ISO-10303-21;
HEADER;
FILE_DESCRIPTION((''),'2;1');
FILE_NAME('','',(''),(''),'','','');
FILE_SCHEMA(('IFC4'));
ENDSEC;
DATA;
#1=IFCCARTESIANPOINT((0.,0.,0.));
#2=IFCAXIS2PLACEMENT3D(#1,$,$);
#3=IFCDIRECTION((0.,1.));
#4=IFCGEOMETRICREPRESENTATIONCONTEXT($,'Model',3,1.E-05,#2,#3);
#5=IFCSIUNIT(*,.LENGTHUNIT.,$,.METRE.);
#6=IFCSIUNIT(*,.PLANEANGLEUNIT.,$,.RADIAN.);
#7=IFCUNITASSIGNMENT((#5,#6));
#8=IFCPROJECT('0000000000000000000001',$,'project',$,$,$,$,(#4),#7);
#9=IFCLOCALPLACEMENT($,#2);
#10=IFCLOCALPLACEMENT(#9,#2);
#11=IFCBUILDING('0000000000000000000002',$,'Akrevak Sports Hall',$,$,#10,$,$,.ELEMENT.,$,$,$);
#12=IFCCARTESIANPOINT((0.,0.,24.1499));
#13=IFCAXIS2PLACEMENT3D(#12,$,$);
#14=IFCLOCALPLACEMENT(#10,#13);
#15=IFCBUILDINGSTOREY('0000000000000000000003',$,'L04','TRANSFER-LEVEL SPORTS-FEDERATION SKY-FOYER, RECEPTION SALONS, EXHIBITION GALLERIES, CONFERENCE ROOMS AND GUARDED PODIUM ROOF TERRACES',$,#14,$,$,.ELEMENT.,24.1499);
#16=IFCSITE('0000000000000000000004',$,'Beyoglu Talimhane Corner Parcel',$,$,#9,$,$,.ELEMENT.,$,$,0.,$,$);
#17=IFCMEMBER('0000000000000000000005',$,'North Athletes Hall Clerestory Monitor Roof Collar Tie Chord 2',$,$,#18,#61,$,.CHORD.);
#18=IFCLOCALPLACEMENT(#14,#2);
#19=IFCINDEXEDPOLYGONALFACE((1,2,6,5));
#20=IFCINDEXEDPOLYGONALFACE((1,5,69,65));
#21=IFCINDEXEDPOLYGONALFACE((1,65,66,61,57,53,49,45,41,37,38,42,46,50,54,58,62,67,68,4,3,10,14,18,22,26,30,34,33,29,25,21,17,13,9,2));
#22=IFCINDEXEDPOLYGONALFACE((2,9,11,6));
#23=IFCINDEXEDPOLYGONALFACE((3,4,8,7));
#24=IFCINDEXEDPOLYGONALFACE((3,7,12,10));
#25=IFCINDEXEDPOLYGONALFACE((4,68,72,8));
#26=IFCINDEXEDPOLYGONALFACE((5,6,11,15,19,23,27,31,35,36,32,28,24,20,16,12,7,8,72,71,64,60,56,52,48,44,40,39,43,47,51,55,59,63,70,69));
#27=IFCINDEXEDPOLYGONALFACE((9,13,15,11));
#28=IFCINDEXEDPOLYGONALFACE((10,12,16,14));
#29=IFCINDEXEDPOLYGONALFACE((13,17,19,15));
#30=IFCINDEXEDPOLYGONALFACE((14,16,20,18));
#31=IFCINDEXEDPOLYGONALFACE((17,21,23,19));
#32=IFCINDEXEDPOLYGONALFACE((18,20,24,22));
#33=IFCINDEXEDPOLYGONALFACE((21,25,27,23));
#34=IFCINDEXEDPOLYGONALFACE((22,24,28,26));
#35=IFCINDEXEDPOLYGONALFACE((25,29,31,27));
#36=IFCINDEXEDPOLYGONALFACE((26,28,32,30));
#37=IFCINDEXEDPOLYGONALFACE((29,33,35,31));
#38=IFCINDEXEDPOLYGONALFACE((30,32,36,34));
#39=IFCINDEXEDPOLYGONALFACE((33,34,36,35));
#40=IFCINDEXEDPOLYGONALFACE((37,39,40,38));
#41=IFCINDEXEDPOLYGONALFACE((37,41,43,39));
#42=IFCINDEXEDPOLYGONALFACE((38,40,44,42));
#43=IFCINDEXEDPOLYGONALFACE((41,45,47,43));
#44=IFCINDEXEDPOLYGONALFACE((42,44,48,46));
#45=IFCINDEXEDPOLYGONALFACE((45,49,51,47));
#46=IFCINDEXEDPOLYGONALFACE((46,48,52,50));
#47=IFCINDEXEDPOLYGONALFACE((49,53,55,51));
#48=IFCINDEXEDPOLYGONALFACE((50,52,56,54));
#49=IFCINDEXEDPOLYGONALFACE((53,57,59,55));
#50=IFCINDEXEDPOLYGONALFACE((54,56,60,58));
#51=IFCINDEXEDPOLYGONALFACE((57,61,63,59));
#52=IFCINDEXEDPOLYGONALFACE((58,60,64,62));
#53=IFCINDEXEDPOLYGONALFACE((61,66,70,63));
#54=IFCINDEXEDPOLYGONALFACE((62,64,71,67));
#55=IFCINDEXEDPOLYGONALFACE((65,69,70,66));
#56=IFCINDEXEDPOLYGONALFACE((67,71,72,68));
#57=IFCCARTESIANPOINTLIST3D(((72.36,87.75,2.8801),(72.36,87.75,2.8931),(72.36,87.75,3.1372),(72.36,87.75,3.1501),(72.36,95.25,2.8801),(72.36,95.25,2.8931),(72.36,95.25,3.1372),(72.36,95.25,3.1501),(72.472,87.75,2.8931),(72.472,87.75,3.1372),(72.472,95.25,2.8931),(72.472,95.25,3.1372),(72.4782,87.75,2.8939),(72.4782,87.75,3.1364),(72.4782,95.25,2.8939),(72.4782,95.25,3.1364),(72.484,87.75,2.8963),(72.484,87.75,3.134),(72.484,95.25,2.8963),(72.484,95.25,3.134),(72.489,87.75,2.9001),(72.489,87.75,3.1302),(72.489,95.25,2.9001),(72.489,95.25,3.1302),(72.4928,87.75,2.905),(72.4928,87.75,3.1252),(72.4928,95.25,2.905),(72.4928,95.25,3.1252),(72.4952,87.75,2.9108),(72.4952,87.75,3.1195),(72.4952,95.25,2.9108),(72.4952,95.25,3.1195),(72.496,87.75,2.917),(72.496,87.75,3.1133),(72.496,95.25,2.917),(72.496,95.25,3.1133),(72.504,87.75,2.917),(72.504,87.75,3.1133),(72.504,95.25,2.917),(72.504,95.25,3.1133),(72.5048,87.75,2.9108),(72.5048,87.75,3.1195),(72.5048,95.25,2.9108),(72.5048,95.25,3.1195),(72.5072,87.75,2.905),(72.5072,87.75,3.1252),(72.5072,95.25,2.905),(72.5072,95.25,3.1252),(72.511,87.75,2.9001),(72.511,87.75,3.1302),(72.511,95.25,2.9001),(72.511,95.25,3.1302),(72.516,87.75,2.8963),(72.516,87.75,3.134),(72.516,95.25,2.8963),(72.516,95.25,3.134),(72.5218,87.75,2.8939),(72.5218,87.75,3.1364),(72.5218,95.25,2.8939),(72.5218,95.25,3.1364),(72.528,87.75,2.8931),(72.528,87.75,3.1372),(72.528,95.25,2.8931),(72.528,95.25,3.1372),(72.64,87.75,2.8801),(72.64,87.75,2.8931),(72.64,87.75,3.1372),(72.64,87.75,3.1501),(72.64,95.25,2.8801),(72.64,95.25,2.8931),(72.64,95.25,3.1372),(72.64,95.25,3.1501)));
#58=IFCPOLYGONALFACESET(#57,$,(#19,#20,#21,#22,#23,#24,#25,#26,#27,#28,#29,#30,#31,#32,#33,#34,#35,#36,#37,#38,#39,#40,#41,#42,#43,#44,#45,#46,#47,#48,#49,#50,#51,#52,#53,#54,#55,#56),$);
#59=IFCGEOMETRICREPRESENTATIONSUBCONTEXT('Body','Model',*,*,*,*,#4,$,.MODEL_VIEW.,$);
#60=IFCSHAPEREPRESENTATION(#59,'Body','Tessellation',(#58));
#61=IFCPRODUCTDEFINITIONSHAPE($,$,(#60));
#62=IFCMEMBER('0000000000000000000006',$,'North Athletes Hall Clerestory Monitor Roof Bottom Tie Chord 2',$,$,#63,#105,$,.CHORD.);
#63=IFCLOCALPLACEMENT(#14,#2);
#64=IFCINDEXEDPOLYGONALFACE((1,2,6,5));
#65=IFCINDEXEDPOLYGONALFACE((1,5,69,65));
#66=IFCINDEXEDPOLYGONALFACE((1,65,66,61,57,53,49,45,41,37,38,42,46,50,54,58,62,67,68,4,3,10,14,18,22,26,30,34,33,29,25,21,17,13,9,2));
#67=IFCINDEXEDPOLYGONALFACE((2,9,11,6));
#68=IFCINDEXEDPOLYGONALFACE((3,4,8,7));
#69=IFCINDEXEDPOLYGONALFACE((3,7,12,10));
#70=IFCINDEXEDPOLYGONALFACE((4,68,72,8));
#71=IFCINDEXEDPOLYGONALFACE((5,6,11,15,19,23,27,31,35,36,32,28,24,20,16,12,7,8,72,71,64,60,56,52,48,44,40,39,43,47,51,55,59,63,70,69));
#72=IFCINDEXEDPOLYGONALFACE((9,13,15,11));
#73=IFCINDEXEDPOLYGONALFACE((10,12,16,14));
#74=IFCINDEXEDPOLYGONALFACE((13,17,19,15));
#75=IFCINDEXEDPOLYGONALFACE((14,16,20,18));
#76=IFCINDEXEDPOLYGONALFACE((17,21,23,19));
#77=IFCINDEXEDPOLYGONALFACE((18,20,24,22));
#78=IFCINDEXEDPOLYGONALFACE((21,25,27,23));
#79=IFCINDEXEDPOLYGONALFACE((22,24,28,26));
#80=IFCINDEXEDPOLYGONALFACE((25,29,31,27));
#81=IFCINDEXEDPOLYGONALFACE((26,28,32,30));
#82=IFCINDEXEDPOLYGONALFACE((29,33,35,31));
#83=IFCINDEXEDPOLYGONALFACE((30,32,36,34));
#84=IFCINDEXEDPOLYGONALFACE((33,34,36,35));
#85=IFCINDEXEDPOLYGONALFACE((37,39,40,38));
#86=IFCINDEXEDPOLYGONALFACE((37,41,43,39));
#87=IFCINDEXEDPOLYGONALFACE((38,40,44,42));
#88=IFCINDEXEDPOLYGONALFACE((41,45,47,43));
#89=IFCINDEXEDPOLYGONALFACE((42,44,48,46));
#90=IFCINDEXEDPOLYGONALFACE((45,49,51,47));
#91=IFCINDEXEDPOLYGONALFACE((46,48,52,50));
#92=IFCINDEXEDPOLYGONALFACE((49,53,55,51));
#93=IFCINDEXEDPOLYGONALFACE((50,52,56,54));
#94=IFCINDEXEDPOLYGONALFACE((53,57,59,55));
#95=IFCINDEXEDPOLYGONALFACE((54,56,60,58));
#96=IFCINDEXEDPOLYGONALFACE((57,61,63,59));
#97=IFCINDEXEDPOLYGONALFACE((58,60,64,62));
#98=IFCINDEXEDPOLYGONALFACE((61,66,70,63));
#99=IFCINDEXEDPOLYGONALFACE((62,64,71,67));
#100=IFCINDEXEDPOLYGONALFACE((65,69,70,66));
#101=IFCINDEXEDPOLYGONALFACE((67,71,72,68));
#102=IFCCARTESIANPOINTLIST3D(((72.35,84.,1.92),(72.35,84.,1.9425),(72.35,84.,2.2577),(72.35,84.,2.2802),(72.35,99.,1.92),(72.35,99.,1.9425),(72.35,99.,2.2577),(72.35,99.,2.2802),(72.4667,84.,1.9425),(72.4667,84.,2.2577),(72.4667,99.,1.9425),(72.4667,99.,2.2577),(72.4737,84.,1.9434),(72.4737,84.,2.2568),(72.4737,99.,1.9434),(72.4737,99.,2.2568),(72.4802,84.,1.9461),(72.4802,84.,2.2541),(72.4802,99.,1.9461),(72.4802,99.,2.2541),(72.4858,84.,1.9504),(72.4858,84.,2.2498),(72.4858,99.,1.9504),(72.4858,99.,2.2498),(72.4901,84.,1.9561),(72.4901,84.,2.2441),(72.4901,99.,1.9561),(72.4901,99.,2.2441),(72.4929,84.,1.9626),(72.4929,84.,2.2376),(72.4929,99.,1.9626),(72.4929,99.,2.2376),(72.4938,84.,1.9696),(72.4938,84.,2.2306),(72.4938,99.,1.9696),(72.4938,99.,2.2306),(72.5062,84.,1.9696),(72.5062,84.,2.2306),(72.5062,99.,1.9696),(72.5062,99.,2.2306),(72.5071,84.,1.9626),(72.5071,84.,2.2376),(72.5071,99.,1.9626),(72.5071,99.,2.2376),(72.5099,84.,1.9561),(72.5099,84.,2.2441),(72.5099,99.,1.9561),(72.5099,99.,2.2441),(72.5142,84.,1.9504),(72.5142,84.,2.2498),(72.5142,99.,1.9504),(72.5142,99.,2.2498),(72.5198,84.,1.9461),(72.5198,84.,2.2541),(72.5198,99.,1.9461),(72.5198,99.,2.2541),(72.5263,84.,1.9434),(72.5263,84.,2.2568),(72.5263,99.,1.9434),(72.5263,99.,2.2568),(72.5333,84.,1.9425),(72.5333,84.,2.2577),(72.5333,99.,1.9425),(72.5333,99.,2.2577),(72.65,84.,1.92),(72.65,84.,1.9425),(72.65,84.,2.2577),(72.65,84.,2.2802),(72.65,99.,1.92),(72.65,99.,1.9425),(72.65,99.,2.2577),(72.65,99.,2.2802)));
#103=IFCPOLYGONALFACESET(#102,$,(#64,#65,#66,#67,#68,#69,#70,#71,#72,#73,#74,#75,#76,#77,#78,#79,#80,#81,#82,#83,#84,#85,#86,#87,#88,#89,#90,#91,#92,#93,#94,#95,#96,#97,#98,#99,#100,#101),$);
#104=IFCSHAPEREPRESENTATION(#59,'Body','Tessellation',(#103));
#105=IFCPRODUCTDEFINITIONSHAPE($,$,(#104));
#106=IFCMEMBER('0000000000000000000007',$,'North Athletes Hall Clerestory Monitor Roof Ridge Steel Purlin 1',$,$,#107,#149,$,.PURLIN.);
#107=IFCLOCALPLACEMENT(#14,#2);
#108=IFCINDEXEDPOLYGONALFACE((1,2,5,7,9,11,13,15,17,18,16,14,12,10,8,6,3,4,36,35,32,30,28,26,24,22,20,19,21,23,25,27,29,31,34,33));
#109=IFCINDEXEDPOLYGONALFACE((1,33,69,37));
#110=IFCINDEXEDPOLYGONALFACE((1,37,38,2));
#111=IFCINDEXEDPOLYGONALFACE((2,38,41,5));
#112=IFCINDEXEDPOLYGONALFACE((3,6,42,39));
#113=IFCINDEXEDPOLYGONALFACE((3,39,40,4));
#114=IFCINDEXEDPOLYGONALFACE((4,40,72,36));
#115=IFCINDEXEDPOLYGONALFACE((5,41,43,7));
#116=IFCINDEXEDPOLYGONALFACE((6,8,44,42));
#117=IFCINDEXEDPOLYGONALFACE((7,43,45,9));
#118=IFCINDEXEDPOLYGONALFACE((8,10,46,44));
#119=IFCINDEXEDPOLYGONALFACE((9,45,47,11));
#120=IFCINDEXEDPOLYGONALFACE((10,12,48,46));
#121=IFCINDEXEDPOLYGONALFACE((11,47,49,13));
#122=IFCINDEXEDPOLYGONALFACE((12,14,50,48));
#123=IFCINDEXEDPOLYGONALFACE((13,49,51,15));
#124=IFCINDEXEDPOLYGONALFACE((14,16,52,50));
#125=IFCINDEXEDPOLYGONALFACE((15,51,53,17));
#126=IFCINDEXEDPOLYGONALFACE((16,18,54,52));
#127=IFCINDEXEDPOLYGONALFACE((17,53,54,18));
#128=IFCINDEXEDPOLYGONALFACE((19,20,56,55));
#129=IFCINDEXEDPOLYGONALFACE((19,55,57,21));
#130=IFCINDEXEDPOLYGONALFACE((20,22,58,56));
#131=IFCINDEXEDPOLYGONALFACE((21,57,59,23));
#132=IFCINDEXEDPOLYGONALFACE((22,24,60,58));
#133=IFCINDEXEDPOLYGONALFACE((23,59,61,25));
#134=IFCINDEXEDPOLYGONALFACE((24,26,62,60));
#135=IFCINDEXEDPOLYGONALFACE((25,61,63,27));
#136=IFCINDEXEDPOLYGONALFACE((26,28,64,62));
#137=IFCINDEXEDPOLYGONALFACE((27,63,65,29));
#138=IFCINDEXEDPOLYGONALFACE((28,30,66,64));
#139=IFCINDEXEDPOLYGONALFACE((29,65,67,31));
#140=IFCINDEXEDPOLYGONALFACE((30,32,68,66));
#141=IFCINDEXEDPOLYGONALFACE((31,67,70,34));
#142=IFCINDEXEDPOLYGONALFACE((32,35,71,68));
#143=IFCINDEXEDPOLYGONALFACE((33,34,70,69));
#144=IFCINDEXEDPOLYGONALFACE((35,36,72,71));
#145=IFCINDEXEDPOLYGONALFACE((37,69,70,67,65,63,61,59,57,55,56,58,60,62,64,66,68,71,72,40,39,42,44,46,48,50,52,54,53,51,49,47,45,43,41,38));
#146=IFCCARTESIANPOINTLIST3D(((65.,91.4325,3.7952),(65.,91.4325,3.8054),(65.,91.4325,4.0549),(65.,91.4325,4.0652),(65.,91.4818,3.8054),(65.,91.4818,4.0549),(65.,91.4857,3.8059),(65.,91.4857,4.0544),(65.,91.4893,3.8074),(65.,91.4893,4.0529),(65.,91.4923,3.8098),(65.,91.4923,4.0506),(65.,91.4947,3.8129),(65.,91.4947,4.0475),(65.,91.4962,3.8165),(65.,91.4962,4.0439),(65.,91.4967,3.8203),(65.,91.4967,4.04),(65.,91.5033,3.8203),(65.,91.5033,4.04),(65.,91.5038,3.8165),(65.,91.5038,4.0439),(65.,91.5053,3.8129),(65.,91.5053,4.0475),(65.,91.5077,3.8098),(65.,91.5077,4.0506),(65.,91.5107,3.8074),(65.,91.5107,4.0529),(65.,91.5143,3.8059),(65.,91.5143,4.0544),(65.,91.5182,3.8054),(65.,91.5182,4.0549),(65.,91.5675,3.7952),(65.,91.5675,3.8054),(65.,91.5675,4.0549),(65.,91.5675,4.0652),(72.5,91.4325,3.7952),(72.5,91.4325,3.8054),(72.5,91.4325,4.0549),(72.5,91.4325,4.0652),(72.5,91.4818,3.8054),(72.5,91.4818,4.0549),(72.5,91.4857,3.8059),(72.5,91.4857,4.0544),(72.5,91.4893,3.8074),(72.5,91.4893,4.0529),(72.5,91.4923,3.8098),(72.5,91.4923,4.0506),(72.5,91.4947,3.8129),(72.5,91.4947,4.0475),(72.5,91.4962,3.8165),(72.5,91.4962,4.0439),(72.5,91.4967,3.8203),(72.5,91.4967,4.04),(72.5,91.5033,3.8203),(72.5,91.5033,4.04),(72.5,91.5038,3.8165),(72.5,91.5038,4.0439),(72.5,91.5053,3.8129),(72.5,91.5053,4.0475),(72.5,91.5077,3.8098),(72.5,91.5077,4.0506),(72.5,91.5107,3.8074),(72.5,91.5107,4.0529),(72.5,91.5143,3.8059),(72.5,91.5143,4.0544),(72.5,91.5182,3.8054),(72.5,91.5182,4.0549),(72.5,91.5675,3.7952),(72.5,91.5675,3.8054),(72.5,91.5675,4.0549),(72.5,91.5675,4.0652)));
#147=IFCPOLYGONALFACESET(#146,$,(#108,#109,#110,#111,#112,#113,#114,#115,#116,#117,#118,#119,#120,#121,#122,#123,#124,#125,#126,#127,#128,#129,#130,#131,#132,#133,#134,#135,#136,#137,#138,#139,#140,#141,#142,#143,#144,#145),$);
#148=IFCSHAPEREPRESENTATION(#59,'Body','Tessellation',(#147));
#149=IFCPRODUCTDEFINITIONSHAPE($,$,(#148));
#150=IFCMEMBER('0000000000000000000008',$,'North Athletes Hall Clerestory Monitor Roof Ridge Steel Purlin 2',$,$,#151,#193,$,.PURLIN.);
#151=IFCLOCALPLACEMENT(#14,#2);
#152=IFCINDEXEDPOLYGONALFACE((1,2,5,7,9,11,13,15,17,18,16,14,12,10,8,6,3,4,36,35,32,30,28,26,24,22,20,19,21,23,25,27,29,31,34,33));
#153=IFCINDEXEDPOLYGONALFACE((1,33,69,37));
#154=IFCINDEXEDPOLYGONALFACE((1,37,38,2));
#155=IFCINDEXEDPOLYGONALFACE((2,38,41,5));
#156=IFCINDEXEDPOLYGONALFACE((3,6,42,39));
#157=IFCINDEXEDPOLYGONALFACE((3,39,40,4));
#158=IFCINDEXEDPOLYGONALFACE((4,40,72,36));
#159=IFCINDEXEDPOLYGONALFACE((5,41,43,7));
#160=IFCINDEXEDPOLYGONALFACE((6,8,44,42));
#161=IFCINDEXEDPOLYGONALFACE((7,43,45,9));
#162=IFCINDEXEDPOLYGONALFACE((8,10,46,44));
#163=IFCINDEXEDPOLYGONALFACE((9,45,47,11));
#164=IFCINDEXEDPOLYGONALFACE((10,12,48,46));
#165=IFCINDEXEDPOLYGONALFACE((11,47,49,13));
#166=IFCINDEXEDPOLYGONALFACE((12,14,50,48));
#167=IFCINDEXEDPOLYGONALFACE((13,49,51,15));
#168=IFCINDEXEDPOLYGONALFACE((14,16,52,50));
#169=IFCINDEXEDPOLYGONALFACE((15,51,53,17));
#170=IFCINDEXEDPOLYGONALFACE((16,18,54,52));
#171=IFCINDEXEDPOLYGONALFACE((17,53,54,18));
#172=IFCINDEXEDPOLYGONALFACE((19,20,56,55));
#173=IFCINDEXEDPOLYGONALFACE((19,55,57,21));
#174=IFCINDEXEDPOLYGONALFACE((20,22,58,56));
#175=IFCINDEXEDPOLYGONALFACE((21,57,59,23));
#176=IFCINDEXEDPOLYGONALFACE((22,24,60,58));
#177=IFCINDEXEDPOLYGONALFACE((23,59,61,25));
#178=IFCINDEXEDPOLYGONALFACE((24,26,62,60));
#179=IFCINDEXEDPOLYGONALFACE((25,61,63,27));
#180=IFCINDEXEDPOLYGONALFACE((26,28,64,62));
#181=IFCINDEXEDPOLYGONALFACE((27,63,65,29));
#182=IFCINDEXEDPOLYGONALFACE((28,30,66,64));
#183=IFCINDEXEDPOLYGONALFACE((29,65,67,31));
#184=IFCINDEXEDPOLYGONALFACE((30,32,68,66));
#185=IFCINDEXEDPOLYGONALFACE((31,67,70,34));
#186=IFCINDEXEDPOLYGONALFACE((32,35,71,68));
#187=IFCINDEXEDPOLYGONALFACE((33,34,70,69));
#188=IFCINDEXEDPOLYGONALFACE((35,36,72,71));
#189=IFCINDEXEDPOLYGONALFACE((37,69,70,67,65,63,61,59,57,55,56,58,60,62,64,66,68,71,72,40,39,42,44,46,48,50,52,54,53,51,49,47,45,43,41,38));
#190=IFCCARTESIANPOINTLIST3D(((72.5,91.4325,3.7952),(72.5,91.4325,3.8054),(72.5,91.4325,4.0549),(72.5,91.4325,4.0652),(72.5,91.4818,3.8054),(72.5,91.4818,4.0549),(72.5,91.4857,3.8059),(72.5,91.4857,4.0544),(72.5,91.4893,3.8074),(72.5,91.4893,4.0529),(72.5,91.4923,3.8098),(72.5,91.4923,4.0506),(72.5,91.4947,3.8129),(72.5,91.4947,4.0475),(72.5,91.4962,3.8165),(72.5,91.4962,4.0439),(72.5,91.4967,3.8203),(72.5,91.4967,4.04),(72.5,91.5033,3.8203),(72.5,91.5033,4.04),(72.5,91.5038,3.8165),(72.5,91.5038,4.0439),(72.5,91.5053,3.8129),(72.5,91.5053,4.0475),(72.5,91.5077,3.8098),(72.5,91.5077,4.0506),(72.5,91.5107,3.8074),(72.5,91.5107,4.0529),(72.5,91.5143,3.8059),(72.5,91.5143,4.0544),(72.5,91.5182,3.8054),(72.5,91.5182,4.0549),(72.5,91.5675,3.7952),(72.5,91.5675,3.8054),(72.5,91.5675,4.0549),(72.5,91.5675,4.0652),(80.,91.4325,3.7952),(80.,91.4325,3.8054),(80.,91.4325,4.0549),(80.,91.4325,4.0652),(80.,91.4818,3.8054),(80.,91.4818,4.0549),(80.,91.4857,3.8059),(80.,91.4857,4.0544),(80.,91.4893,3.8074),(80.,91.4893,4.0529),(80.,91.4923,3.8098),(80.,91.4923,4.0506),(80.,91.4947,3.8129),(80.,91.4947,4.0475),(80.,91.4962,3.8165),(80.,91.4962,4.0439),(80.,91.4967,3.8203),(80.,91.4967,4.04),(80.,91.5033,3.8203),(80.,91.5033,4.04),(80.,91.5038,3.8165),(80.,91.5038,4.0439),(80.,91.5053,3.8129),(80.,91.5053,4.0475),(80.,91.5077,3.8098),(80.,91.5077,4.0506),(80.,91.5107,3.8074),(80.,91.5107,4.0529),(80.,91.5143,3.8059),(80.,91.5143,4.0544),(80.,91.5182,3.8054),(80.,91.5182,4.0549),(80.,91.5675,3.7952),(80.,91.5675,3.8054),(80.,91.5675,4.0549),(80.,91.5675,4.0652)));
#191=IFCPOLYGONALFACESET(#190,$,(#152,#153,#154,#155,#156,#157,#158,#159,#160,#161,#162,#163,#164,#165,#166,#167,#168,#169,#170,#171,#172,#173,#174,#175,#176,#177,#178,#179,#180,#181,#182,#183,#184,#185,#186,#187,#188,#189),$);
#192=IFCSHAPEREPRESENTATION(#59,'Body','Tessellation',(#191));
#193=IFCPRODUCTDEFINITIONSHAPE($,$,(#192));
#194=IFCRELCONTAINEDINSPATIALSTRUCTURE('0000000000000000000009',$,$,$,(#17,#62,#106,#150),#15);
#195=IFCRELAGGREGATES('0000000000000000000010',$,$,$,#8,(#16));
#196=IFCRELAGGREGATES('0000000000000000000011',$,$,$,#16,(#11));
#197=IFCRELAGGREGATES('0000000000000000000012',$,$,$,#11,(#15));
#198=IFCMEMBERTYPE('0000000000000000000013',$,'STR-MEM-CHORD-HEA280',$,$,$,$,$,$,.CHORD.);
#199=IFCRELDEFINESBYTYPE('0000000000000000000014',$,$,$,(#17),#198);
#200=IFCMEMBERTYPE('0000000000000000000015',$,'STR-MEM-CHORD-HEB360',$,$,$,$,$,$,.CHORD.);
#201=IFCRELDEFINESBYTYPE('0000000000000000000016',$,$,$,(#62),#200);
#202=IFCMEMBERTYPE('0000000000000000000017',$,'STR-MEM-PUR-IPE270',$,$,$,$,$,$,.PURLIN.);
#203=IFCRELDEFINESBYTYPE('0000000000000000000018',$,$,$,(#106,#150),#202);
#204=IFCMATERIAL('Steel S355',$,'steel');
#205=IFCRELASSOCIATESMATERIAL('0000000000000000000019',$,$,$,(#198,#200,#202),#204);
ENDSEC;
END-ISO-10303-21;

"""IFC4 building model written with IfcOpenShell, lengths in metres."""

from ifc_helpers import new_model, si_unit, direction, frame, origin, origin_2d, place, context, subcontext, project, spatial, i_section, extrude, material, material_profile, profile_set, type_object, element, save


model = new_model("IFC4")

# Units and contexts
model_context = context("Model", 3, precision=1e-05, world=origin(), true_north=direction((0.0, 1.0)))
body_context = subcontext(model_context, "Body", "Model", "MODEL_VIEW")
ifc_project = project(units=[si_unit("LENGTHUNIT", "METRE"), si_unit("PLANEANGLEUNIT", "RADIAN")], contexts=[model_context])

# Site, building, storey
site_placement = place(None, origin())
site = spatial("IfcSite", under=ifc_project, at=site_placement, Name="Beyoglu Talimhane Corner Parcel", CompositionType="ELEMENT", RefElevation=0.0)
building_placement = place(site_placement, origin())
building = spatial("IfcBuilding", under=site, at=building_placement, Name="Akrevak Sports Hall", CompositionType="ELEMENT")
storey_placement = place(building_placement, frame((0.0, 0.0, 24.1499)))
storey = spatial("IfcBuildingStorey", under=building, at=storey_placement, Name="L04", Description="TRANSFER-LEVEL SPORTS-FEDERATION SKY-FOYER, RECEPTION SALONS, EXHIBITION GALLERIES, CONFERENCE ROOMS AND GUARDED PODIUM ROOF TERRACES", CompositionType="ELEMENT", Elevation=24.1499)

# Members
ifc_material_1 = material(Name="Steel S355", Category="steel")
ifc_material_profile_1 = material_profile(ifc_material_1, i_section(OverallWidth=0.28, OverallDepth=0.27, WebThickness=0.0081, FlangeThickness=0.0129, FilletRadius=0.0239, at=origin_2d()), Name="HEA 280", Category="steel")
ifc_profile_set_1 = profile_set([ifc_material_profile_1], Name="Steel S355")
member_type_1 = type_object("IfcMemberType", Name="STR-MEM-CHORD-HEA280", PredefinedType="CHORD", material=ifc_profile_set_1)
for number, where, z_axis, x_axis, name in (
    (1, (72.5, 87.75, 3.0151), (0.0, 1.0, 0.0), (-1.0, 0.0, 0.0), "North Athletes Hall Clerestory Monitor Roof Collar Tie Chord 2"),
):
    element("IfcMember", number, at=place(storey_placement, frame(where, z_axis=z_axis, x_axis=x_axis)), inside=storey, type_object=member_type_1, Name=name, PredefinedType="CHORD", context=body_context, shape_type="SweptSolid", body=[
        extrude(i_section(OverallWidth=0.28, OverallDepth=0.27, WebThickness=0.0081, FlangeThickness=0.0129, FilletRadius=0.0239, at=origin_2d()), origin(), (0.0, 0.0, 1.0), 7.5),
    ])
ifc_material_profile_2 = material_profile(ifc_material_1, i_section(OverallWidth=0.3, OverallDepth=0.3601, WebThickness=0.0125, FlangeThickness=0.0225, FilletRadius=0.0271, at=origin_2d()), Name="HEB 360", Category="steel")
ifc_profile_set_2 = profile_set([ifc_material_profile_2], Name="Steel S355")
member_type_2 = type_object("IfcMemberType", Name="STR-MEM-CHORD-HEB360", PredefinedType="CHORD", material=ifc_profile_set_2)
member_placement = place(storey_placement, frame((72.5, 84.0, 2.1001), z_axis=(0.0, 1.0, 0.0), x_axis=(-1.0, 0.0, 0.0)))
element("IfcMember", 2, at=member_placement, inside=storey, type_object=member_type_2, Name="North Athletes Hall Clerestory Monitor Roof Bottom Tie Chord 2", PredefinedType="CHORD", context=body_context, shape_type="SweptSolid", body=[
    extrude(i_section(OverallWidth=0.3, OverallDepth=0.3601, WebThickness=0.0125, FlangeThickness=0.0225, FilletRadius=0.0271, at=origin_2d()), origin(), (0.0, 0.0, 1.0), 15.0),
])
ifc_material_profile_3 = material_profile(ifc_material_1, i_section(OverallWidth=0.135, OverallDepth=0.27, WebThickness=0.0066, FlangeThickness=0.0103, FilletRadius=0.0149, at=origin_2d()), Name="IPE 270", Category="steel")
ifc_profile_set_3 = profile_set([ifc_material_profile_3], Name="Steel S355")
member_type_3 = type_object("IfcMemberType", Name="STR-MEM-PUR-IPE270", PredefinedType="PURLIN", material=ifc_profile_set_3)
for number, where, z_axis, x_axis, name in (
    (3, (65.0, 91.5, 3.9302), (1.0, 0.0, 0.0), (0.0, 1.0, 0.0), "North Athletes Hall Clerestory Monitor Roof Ridge Steel Purlin 1"),
    (4, (72.5, 91.5, 3.9302), (1.0, 0.0, 0.0), (0.0, 1.0, 0.0), "North Athletes Hall Clerestory Monitor Roof Ridge Steel Purlin 2"),
):
    element("IfcMember", number, at=place(storey_placement, frame(where, z_axis=z_axis, x_axis=x_axis)), inside=storey, type_object=member_type_3, Name=name, PredefinedType="PURLIN", context=body_context, shape_type="SweptSolid", body=[
        extrude(i_section(OverallWidth=0.135, OverallDepth=0.27, WebThickness=0.0066, FlangeThickness=0.0103, FilletRadius=0.0149, at=origin_2d()), origin(), (0.0, 0.0, 1.0), 7.5),
    ])

save(model, "model.ifc")
